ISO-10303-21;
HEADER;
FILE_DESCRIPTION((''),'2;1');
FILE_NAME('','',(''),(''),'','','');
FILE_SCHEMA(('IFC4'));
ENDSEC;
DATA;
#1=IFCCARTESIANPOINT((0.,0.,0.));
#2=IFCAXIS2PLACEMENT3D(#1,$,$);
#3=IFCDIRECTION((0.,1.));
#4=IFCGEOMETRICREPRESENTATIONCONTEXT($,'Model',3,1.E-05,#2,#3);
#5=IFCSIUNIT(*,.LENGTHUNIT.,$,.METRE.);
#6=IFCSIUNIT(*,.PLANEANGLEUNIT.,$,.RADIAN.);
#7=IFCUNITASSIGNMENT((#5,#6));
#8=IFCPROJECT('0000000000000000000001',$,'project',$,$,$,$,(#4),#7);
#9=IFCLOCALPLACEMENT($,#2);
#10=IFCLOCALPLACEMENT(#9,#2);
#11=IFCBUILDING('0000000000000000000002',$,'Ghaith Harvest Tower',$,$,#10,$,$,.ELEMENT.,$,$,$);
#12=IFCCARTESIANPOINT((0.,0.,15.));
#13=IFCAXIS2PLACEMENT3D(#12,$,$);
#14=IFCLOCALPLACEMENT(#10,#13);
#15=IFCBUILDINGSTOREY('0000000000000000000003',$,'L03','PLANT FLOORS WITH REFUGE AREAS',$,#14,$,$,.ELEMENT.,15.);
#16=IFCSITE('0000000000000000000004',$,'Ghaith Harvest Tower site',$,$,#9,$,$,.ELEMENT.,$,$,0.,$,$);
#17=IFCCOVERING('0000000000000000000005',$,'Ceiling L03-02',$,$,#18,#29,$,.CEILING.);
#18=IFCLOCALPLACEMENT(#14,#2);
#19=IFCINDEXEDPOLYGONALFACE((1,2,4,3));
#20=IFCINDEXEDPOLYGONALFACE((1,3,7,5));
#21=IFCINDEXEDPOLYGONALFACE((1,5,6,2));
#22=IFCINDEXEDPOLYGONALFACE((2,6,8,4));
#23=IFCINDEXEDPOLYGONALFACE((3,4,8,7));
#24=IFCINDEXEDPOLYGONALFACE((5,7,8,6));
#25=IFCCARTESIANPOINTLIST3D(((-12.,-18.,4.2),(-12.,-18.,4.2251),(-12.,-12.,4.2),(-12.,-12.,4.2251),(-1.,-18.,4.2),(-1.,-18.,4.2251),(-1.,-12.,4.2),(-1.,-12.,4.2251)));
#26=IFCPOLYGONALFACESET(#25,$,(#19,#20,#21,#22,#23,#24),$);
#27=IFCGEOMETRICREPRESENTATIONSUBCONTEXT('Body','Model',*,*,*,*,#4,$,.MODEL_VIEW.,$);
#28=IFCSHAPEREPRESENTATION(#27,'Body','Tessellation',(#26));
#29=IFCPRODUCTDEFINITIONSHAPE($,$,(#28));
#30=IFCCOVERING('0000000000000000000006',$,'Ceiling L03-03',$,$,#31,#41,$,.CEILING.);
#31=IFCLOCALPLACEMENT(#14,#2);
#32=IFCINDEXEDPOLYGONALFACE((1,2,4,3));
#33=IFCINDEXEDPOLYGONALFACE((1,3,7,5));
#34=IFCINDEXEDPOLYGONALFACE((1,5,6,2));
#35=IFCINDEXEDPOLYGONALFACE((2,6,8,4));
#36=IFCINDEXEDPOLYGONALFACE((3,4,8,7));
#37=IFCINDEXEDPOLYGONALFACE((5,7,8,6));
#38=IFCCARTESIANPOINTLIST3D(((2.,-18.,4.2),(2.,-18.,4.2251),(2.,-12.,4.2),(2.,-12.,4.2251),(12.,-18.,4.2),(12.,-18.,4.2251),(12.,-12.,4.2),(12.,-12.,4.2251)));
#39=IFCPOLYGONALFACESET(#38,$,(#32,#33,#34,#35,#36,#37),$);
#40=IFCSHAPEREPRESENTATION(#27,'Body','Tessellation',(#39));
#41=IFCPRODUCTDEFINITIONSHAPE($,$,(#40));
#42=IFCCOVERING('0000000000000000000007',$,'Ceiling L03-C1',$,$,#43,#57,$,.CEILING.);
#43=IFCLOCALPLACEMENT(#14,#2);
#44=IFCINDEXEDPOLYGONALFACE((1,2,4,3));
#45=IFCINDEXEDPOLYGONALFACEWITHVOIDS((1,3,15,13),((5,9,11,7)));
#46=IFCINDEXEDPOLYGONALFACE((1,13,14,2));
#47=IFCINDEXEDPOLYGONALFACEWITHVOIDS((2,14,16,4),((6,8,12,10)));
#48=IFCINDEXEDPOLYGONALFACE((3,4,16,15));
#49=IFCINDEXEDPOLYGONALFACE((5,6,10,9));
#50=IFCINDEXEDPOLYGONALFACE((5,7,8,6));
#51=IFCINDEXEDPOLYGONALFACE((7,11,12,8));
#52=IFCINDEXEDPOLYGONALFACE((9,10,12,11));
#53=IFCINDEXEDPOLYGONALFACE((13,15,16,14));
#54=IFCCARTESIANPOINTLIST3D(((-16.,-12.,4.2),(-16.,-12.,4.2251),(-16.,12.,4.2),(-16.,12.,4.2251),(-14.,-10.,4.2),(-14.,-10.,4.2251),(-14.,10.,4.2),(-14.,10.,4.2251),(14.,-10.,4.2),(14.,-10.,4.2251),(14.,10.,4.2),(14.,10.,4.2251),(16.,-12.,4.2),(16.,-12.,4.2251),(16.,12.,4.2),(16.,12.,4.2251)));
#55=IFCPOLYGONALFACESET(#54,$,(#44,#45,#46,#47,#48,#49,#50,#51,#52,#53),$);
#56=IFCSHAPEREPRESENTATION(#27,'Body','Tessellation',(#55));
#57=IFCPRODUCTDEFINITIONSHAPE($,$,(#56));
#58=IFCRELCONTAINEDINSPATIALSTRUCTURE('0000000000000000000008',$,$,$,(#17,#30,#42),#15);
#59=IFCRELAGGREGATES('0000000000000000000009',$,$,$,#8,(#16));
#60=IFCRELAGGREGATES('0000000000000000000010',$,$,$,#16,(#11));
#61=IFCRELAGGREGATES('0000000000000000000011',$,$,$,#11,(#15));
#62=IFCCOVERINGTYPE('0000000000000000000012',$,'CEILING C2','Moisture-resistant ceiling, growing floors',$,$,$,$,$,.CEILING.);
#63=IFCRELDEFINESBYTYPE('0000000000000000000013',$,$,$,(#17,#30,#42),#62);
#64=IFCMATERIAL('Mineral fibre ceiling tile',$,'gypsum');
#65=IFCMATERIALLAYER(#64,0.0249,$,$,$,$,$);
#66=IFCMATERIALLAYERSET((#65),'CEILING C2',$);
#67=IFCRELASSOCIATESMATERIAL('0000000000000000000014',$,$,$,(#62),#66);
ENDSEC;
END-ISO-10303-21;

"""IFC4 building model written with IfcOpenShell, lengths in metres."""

from ifc_helpers import new_model, si_unit, direction, frame, origin, place, context, subcontext, project, spatial, polyline, outline, extrude, material, layer, layer_set, type_object, element, save


model = new_model("IFC4")

# Units and contexts
model_context = context("Model", 3, precision=1e-05, world=origin(), true_north=direction((0.0, 1.0)))
body_context = subcontext(model_context, "Body", "Model", "MODEL_VIEW")
ifc_project = project(units=[si_unit("LENGTHUNIT", "METRE"), si_unit("PLANEANGLEUNIT", "RADIAN")], contexts=[model_context])

# Site, building, storey
site_placement = place(None, origin())
site = spatial("IfcSite", under=ifc_project, at=site_placement, Name="Ghaith Harvest Tower site", CompositionType="ELEMENT", RefElevation=0.0)
building_placement = place(site_placement, origin())
building = spatial("IfcBuilding", under=site, at=building_placement, Name="Ghaith Harvest Tower", CompositionType="ELEMENT")
storey_placement = place(building_placement, frame((0.0, 0.0, 15.0)))
storey = spatial("IfcBuildingStorey", under=building, at=storey_placement, Name="L03", Description="PLANT FLOORS WITH REFUGE AREAS", CompositionType="ELEMENT", Elevation=15.0)

# Coverings
ifc_material_1 = material(Name="Mineral fibre ceiling tile", Category="gypsum")
ifc_layer_1 = layer(ifc_material_1, 0.0249)
ifc_layer_set_1 = layer_set([ifc_layer_1], Name="CEILING C2")
covering_type = type_object("IfcCoveringType", Name="CEILING C2", Description="Moisture-resistant ceiling, growing floors", PredefinedType="CEILING", material=ifc_layer_set_1)
covering_1_placement = place(storey_placement, frame((0.0, 0.0, 4.2)))
element("IfcCovering", 1, at=covering_1_placement, inside=storey, type_object=covering_type, Name="Ceiling L03-02", PredefinedType="CEILING", context=body_context, shape_type="SweptSolid", body=[
    extrude(outline(polyline([(-12.0, -18.0), (-1.0, -18.0), (-1.0, -12.0), (-12.0, -12.0), (-12.0, -18.0)])), origin(), (0.0, 0.0, 1.0), 0.0251),
])
covering_2_placement = place(storey_placement, frame((0.0, 0.0, 4.2)))
element("IfcCovering", 2, at=covering_2_placement, inside=storey, type_object=covering_type, Name="Ceiling L03-03", PredefinedType="CEILING", context=body_context, shape_type="SweptSolid", body=[
    extrude(outline(polyline([(2.0, -18.0), (12.0, -18.0), (12.0, -12.0), (2.0, -12.0), (2.0, -18.0)])), origin(), (0.0, 0.0, 1.0), 0.0251),
])
covering_3_placement = place(storey_placement, frame((0.0, 0.0, 4.2)))
element("IfcCovering", 3, at=covering_3_placement, inside=storey, type_object=covering_type, Name="Ceiling L03-C1", PredefinedType="CEILING", context=body_context, shape_type="SweptSolid", body=[
    extrude(outline(polyline([(-16.0, 12.0), (16.0, 12.0), (16.0, -12.0), (-16.0, -12.0), (-16.0, 12.0)]), holes=[polyline([(14.0, -10.0), (14.0, 10.0), (-14.0, 10.0), (-14.0, -10.0), (14.0, -10.0)])]), origin(), (0.0, 0.0, 1.0), 0.0251),
])

save(model, "model.ifc")
